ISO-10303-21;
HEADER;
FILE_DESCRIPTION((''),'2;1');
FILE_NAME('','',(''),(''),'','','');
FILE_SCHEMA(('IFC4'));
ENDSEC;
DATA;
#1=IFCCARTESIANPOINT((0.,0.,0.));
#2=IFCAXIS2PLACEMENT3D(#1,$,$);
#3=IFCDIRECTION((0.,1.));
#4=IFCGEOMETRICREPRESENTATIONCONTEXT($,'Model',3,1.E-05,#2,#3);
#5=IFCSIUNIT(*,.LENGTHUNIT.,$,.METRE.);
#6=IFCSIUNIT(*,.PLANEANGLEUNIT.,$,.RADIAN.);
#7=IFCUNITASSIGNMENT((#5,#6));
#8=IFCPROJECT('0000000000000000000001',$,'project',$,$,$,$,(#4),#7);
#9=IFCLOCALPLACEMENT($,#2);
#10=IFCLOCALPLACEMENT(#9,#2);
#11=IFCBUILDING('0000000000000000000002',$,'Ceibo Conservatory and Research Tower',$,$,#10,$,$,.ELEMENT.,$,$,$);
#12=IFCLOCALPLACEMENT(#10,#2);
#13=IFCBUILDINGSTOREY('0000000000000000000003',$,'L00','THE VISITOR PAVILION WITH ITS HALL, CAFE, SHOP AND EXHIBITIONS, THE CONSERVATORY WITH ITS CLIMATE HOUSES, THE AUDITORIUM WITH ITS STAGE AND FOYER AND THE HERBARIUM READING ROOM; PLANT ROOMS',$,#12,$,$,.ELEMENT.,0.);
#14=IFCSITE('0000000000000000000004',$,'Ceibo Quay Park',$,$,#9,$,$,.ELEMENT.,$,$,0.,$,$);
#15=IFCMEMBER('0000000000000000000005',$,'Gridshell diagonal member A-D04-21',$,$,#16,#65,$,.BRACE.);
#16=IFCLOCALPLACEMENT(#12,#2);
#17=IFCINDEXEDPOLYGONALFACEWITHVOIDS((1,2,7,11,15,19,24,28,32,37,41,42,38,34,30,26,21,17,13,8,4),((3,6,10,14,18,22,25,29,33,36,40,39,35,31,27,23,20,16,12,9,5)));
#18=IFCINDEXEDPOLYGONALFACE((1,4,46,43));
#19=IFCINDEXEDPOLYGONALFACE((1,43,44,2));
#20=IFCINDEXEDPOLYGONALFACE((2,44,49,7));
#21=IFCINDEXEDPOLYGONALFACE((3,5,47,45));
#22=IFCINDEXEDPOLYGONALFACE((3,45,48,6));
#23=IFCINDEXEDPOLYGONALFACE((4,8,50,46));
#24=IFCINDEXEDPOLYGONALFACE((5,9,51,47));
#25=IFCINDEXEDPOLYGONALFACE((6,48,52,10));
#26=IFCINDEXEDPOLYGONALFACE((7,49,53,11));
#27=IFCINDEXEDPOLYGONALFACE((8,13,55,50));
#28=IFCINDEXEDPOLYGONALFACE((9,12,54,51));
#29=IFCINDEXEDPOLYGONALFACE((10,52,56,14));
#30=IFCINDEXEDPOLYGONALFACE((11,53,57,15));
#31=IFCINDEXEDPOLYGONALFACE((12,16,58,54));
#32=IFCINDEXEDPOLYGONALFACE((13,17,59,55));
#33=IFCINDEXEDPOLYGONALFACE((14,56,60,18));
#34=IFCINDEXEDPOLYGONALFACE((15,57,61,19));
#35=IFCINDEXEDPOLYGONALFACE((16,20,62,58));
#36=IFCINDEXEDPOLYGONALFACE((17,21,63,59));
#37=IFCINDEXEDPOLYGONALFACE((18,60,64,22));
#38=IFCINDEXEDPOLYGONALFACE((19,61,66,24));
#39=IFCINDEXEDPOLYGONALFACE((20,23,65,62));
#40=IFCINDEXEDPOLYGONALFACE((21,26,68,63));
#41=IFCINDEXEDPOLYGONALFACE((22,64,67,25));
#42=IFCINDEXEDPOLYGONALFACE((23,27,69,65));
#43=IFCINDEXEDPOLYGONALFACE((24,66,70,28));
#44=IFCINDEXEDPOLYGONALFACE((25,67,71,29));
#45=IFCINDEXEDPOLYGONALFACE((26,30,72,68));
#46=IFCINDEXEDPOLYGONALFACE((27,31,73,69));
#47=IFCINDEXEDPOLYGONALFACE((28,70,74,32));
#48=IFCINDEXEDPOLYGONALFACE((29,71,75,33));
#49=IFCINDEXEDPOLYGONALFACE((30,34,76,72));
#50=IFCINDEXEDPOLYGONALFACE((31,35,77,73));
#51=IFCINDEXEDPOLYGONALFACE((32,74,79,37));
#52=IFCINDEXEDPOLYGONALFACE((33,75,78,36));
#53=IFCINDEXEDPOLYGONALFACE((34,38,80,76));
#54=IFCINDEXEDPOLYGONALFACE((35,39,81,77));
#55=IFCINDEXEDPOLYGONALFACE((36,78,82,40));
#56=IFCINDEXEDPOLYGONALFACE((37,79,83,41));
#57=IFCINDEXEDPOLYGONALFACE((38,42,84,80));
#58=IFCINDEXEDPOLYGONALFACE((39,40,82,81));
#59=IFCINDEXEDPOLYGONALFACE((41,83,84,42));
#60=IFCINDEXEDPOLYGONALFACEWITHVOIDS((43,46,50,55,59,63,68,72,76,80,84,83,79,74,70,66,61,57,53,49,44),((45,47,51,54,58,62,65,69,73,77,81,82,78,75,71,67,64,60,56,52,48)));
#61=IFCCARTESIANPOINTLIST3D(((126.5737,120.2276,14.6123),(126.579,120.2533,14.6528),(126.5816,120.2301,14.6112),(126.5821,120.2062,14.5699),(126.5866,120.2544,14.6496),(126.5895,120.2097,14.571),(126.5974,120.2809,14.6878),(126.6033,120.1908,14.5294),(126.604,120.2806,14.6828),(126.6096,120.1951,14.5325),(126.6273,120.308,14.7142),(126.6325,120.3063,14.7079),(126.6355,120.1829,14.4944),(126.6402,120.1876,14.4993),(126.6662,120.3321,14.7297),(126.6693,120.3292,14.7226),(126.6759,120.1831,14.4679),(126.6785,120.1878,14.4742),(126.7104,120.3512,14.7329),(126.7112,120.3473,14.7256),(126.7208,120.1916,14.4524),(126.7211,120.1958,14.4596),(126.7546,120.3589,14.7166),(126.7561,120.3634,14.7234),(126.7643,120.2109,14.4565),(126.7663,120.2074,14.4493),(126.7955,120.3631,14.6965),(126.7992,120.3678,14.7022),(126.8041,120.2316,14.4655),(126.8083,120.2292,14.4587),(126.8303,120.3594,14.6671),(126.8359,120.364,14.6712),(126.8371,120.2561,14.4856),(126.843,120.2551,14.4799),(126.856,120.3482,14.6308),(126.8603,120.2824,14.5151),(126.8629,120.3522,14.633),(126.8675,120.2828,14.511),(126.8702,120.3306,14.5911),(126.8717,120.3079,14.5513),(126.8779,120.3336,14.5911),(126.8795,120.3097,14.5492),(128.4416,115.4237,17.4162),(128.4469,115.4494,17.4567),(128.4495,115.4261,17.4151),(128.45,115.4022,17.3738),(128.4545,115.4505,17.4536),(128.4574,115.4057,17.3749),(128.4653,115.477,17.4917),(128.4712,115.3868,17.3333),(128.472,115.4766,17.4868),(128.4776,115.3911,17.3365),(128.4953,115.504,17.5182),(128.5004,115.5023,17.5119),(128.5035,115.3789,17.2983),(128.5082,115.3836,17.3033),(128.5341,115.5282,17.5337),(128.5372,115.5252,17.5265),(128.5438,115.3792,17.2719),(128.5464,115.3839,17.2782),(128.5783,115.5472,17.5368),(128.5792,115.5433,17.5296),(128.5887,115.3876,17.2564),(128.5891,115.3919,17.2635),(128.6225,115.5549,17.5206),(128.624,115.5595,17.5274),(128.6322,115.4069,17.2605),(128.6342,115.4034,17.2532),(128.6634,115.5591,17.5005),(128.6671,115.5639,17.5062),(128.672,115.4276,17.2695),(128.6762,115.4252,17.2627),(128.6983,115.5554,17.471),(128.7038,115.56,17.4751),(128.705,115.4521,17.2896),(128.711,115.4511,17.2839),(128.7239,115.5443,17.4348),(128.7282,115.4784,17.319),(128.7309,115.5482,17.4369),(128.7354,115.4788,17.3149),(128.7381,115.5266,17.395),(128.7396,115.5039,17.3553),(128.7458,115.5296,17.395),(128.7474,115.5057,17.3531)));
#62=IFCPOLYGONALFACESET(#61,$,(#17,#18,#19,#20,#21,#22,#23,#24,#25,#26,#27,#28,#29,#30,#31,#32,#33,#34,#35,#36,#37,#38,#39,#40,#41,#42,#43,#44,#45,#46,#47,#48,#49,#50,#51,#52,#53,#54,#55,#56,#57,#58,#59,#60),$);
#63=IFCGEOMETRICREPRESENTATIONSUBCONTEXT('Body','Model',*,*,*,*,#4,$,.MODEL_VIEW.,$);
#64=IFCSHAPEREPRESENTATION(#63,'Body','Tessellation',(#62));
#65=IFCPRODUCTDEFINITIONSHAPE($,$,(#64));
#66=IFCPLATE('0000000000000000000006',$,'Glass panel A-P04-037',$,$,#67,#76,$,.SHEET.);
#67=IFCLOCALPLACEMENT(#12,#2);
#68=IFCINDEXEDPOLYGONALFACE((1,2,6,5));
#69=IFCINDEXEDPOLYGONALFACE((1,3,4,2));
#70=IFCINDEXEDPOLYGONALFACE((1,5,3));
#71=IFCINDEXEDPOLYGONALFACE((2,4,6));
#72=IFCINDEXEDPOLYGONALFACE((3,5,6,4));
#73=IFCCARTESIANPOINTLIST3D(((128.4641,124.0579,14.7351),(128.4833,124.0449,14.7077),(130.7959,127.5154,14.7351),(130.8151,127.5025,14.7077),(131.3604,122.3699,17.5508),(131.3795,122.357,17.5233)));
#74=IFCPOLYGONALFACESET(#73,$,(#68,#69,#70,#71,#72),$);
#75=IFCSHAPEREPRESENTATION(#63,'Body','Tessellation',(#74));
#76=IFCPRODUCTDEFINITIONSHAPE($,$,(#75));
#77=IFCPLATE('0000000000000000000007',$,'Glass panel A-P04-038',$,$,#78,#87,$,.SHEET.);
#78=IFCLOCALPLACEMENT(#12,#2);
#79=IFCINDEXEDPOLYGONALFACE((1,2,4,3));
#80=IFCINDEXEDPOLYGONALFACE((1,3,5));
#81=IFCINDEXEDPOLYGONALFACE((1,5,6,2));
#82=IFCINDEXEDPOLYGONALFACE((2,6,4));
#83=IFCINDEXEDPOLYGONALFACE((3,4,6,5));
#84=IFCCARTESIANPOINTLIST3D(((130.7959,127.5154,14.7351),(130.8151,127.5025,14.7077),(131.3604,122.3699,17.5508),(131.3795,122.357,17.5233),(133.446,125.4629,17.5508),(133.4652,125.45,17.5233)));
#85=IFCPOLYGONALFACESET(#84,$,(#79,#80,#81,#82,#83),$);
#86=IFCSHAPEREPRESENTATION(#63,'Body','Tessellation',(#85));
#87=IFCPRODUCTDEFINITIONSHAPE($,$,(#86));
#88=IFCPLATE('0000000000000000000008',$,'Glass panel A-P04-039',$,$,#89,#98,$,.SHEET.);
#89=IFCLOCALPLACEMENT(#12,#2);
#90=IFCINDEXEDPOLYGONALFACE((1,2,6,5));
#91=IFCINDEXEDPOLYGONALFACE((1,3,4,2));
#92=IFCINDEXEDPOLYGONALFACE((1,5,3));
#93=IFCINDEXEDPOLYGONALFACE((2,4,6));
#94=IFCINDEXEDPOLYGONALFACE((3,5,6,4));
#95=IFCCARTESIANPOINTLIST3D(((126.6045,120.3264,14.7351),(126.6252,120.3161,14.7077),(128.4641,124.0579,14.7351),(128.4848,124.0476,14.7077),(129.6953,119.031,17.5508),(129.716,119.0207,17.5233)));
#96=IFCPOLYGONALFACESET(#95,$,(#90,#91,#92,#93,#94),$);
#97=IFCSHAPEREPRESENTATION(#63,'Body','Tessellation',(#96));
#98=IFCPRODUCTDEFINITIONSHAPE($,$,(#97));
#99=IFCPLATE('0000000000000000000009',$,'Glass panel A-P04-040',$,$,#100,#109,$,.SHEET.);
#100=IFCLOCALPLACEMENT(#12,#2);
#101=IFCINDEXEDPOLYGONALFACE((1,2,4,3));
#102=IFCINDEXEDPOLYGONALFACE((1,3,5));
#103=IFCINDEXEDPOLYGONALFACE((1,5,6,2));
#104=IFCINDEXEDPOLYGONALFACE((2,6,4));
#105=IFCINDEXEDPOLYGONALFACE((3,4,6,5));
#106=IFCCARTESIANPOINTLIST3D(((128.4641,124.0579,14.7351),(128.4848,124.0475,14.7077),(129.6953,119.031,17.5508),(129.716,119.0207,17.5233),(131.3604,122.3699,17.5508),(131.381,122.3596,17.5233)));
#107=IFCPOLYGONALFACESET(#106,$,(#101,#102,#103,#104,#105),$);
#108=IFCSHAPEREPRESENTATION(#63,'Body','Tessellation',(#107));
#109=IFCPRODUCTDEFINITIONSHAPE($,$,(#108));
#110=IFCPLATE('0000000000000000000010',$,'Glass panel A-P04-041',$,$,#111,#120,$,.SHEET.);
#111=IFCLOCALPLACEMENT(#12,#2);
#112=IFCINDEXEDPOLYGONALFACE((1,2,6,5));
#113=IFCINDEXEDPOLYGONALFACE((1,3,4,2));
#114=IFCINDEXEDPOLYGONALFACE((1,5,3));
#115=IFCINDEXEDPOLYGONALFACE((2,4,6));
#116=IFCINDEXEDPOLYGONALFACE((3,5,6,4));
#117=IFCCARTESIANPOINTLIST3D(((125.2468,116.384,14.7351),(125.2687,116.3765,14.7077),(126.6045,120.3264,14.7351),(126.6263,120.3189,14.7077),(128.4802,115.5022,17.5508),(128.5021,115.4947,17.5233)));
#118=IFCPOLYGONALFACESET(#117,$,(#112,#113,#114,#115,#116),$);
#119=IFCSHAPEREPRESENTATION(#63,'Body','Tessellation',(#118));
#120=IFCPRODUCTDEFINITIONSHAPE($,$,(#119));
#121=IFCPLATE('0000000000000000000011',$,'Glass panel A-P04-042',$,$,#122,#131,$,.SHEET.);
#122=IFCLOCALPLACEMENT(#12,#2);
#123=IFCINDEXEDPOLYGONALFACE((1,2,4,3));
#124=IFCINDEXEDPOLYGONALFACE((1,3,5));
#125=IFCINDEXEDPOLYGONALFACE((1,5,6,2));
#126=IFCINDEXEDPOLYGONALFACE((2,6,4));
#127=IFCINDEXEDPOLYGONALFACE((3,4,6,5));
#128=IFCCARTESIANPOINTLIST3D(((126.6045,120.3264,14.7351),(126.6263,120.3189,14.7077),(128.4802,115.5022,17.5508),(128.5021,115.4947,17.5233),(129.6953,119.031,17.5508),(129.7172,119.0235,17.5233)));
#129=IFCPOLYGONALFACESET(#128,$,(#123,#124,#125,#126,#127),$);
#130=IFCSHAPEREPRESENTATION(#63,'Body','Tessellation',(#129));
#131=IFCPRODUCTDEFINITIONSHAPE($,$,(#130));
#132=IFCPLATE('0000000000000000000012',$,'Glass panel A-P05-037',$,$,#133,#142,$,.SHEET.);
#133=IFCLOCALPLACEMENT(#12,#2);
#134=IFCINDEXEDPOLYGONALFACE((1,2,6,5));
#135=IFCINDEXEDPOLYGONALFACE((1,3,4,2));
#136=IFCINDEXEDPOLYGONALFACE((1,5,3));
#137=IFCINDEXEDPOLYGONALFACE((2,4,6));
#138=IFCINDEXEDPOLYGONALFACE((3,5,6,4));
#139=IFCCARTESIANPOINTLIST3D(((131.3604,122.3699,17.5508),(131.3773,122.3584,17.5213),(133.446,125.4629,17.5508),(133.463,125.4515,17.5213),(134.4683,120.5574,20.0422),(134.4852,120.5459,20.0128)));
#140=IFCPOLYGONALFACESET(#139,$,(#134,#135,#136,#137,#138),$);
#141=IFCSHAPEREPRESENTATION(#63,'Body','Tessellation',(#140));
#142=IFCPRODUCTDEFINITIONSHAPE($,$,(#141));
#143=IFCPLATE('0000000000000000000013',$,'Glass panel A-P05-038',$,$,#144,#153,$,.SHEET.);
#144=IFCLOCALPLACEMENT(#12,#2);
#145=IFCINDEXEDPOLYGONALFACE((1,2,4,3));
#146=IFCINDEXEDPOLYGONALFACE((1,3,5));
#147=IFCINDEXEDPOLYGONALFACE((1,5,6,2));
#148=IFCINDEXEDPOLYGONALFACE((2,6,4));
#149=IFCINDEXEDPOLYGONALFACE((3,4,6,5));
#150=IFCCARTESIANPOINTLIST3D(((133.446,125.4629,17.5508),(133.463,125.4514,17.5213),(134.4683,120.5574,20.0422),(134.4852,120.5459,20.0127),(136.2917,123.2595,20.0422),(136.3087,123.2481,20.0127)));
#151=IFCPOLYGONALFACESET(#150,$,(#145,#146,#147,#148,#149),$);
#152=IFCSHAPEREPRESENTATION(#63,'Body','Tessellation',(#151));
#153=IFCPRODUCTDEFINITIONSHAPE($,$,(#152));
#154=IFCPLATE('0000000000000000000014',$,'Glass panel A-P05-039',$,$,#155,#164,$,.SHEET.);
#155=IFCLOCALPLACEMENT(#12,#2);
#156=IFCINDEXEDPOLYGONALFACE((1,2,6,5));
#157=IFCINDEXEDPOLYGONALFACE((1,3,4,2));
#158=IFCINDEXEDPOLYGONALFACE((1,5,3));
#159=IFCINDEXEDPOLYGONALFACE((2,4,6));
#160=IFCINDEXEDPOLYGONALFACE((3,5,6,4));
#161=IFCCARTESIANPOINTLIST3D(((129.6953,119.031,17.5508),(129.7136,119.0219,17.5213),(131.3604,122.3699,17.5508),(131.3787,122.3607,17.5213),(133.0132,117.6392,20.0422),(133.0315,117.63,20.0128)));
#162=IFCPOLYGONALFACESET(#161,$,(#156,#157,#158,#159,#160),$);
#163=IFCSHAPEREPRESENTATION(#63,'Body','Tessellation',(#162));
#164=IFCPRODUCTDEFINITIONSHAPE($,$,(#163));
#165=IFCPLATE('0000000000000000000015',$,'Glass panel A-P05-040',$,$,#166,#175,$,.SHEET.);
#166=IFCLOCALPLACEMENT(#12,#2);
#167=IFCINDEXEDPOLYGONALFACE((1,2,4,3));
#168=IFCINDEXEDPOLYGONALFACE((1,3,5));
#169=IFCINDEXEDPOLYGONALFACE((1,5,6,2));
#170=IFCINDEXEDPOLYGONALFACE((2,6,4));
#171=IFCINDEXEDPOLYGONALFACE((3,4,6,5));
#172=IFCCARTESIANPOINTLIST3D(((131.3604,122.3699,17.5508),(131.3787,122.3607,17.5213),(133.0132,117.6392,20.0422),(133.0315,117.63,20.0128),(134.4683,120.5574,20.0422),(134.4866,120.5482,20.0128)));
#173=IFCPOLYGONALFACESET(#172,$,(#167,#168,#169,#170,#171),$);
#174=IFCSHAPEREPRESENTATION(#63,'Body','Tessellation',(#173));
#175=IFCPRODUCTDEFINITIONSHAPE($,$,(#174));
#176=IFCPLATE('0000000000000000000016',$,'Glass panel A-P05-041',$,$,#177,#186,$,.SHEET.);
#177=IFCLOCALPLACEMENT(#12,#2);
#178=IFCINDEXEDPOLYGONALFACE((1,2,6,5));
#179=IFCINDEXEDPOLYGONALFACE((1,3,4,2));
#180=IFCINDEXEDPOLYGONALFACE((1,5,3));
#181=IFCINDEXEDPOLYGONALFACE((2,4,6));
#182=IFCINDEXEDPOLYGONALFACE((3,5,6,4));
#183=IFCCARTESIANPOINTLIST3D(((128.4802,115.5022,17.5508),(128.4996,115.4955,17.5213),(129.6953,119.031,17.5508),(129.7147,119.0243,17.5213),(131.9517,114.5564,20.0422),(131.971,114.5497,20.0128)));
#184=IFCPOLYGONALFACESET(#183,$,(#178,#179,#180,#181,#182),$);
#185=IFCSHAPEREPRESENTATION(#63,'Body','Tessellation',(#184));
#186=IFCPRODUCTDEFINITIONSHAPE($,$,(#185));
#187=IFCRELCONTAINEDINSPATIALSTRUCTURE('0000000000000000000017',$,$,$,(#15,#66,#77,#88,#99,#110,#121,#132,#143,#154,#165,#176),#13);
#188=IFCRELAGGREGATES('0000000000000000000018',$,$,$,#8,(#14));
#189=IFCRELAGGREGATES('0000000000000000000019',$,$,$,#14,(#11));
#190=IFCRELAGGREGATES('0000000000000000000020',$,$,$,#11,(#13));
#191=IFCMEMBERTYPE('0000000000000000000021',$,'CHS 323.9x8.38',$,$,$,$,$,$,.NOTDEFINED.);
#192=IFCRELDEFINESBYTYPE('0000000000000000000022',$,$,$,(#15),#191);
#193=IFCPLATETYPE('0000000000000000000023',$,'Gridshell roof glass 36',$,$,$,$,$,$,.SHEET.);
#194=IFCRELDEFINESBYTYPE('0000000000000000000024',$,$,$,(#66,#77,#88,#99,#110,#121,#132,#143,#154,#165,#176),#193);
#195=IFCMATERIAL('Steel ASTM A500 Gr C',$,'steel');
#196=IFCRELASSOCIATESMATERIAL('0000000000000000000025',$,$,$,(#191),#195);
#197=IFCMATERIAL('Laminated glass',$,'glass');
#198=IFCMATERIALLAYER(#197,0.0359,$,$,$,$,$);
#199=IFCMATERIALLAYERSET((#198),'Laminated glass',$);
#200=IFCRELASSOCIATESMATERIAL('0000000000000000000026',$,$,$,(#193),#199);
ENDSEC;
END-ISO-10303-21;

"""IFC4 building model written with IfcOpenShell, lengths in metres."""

from ifc_helpers import new_model, si_unit, direction, frame, origin, origin_2d, place, context, subcontext, project, spatial, polyline, hollow_circle, outline, extrude, material, layer, layer_set, material_profile, profile_set, type_object, element, save


model = new_model("IFC4")

# Units and contexts
model_context = context("Model", 3, precision=1e-05, world=origin(), true_north=direction((0.0, 1.0)))
body_context = subcontext(model_context, "Body", "Model", "MODEL_VIEW")
ifc_project = project(units=[si_unit("LENGTHUNIT", "METRE"), si_unit("PLANEANGLEUNIT", "RADIAN")], contexts=[model_context])

# Site, building, storey
site_placement = place(None, origin())
site = spatial("IfcSite", under=ifc_project, at=site_placement, Name="Ceibo Quay Park", CompositionType="ELEMENT", RefElevation=0.0)
building_placement = place(site_placement, origin())
building = spatial("IfcBuilding", under=site, at=building_placement, Name="Ceibo Conservatory and Research Tower", CompositionType="ELEMENT")
storey_placement = place(building_placement, origin())
storey = spatial("IfcBuildingStorey", under=building, at=storey_placement, Name="L00", Description="THE VISITOR PAVILION WITH ITS HALL, CAFE, SHOP AND EXHIBITIONS, THE CONSERVATORY WITH ITS CLIMATE HOUSES, THE AUDITORIUM WITH ITS STAGE AND FOYER AND THE HERBARIUM READING ROOM; PLANT ROOMS", CompositionType="ELEMENT", Elevation=0.0)

# Member
ifc_material_1 = material(Name="Steel ASTM A500 Gr C", Category="steel")
ifc_material_profile_1 = material_profile(ifc_material_1, hollow_circle(Radius=0.1619, WallThickness=0.0083, at=origin_2d()), Name="CHS 323.9x8.38")
ifc_profile_set_1 = profile_set([ifc_material_profile_1], Name="Steel ASTM A500 Gr C")
member_type_1 = type_object("IfcMemberType", Name="CHS 323.9x8.38", PredefinedType="NOTDEFINED", material=ifc_profile_set_1)
member_1_placement = place(storey_placement, frame((126.7271, 120.2749, 14.5911), z_axis=(0.318342, -0.818719, 0.477867), x_axis=(0.932023, 0.362398, 0.0)))
element("IfcMember", 1, at=member_1_placement, inside=storey, type_object=member_type_1, Name="Gridshell diagonal member A-D04-21", PredefinedType="BRACE", context=body_context, shape_type="SweptSolid", body=[
    extrude(hollow_circle(Radius=0.1619, WallThickness=0.0083, at=origin_2d()), origin(), (0.0, 0.0, 1.0), 5.8677),
])

# Plates
ifc_material_2 = material(Name="Laminated glass", Category="glass")
ifc_layer = layer(ifc_material_2, 0.0359)
ifc_layer_set = layer_set([ifc_layer], Name="Laminated glass")
plate_type = type_object("IfcPlateType", Name="Gridshell roof glass 36", PredefinedType="SHEET", material=ifc_layer_set)
plate_1_placement = place(storey_placement, frame((130.7959, 127.5154, 14.7351), z_axis=(-0.533906, 0.360072, 0.765045), x_axis=(-0.559137, -0.829075, 0.0)))
element("IfcPlate", 2, at=plate_1_placement, inside=storey, type_object=plate_type, Name="Glass panel A-P04-037", PredefinedType="SHEET", context=body_context, shape_type="SweptSolid", body=[
    extrude(outline(polyline([(0.0, 0.0), (4.1703, 0.0), (3.9504, 4.3723), (0.0, 0.0)])), origin(), (0.0, 0.0, -1.0), 0.0359),
])
plate_2_placement = place(storey_placement, frame((130.7959, 127.5154, 14.7351), z_axis=(-0.533949, 0.360054, 0.765022), x_axis=(0.09579, -0.873213, 0.477831)))
element("IfcPlate", 3, at=plate_2_placement, inside=storey, type_object=plate_type, Name="Glass panel A-P04-038", PredefinedType="SHEET", context=body_context, shape_type="SweptSolid", body=[
    extrude(outline(polyline([(0.0, 0.0), (5.8926, 0.0), (3.3915, 2.7679), (0.0, 0.0)])), origin(), (0.0, 0.0, -1.0), 0.0359),
])
plate_3_placement = place(storey_placement, frame((128.4641, 124.0579, 14.7351), z_axis=(-0.576457, 0.287286, 0.76496), x_axis=(-0.446042, -0.895012, 0.0)))
element("IfcPlate", 4, at=plate_3_placement, inside=storey, type_object=plate_type, Name="Glass panel A-P04-039", PredefinedType="SHEET", context=body_context, shape_type="SweptSolid", body=[
    extrude(outline(polyline([(0.0, 0.0), (4.1692, 0.0), (3.9499, 4.3716), (0.0, 0.0)])), origin(), (0.0, 0.0, -1.0), 0.0359),
])
plate_4_placement = place(storey_placement, frame((128.4641, 124.0579, 14.7351), z_axis=(-0.576282, 0.287382, 0.765056), x_axis=(0.208969, -0.853197, 0.477898)))
element("IfcPlate", 5, at=plate_4_placement, inside=storey, type_object=plate_type, Name="Glass panel A-P04-040", PredefinedType="SHEET", context=body_context, shape_type="SweptSolid", body=[
    extrude(outline(polyline([(0.0, 0.0), (5.8918, 0.0), (3.391, 2.7689), (0.0, 0.0)])), origin(), (0.0, 0.0, -1.0), 0.0359),
])
plate_5_placement = place(storey_placement, frame((126.6045, 120.3264, 14.7351), z_axis=(-0.608957, 0.209711, 0.764979), x_axis=(-0.32561, -0.945504, 0.0)))
element("IfcPlate", 6, at=plate_5_placement, inside=storey, type_object=plate_type, Name="Glass panel A-P04-041", PredefinedType="SHEET", context=body_context, shape_type="SweptSolid", body=[
    extrude(outline(polyline([(0.0, 0.0), (4.1696, 0.0), (3.9506, 4.3718), (0.0, 0.0)])), origin(), (0.0, 0.0, -1.0), 0.0359),
])
plate_6_placement = place(storey_placement, frame((126.6045, 120.3264, 14.7351), z_axis=(-0.608981, 0.209693, 0.764964), x_axis=(0.318335, -0.818729, 0.477855)))
element("IfcPlate", 7, at=plate_6_placement, inside=storey, type_object=plate_type, Name="Glass panel A-P04-042", PredefinedType="SHEET", context=body_context, shape_type="SweptSolid", body=[
    extrude(outline(polyline([(0.0, 0.0), (5.8923, 0.0), (3.39, 2.769), (0.0, 0.0)])), origin(), (0.0, 0.0, -1.0), 0.0359),
])
plate_7_placement = place(storey_placement, frame((133.446, 125.4629, 17.5508), z_axis=(-0.472703, 0.318754, 0.821552), x_axis=(-0.559087, -0.829109, 0.0)))
element("IfcPlate", 8, at=plate_7_placement, inside=storey, type_object=plate_type, Name="Glass panel A-P05-037", PredefinedType="SHEET", context=body_context, shape_type="SweptSolid", body=[
    extrude(outline(polyline([(0.0, 0.0), (3.7305, 0.0), (3.4957, 4.37), (0.0, 0.0)])), origin(), (0.0, 0.0, -1.0), 0.0359),
])
plate_8_placement = place(storey_placement, frame((133.446, 125.4629, 17.5508), z_axis=(-0.472484, 0.318846, 0.821642), x_axis=(0.182666, -0.876595, 0.445212)))
element("IfcPlate", 9, at=plate_8_placement, inside=storey, type_object=plate_type, Name="Glass panel A-P05-038", PredefinedType="SHEET", context=body_context, shape_type="SweptSolid", body=[
    extrude(outline(polyline([(0.0, 0.0), (5.5961, 0.0), (3.5605, 2.5462), (0.0, 0.0)])), origin(), (0.0, 0.0, -1.0), 0.0359),
])
plate_9_placement = place(storey_placement, frame((131.3604, 122.3699, 17.5508), z_axis=(-0.510196, 0.254427, 0.821564), x_axis=(-0.446271, -0.894898, 0.0)))
element("IfcPlate", 10, at=plate_9_placement, inside=storey, type_object=plate_type, Name="Glass panel A-P05-039", PredefinedType="SHEET", context=body_context, shape_type="SweptSolid", body=[
    extrude(outline(polyline([(0.0, 0.0), (3.731, 0.0), (3.4959, 4.3701), (0.0, 0.0)])), origin(), (0.0, 0.0, -1.0), 0.0359),
])
plate_10_placement = place(storey_placement, frame((131.3604, 122.3699, 17.5508), z_axis=(-0.510227, 0.254409, 0.82155), x_axis=(0.295342, -0.845325, 0.445195)))
element("IfcPlate", 11, at=plate_10_placement, inside=storey, type_object=plate_type, Name="Glass panel A-P05-040", PredefinedType="SHEET", context=body_context, shape_type="SweptSolid", body=[
    extrude(outline(polyline([(0.0, 0.0), (5.5963, 0.0), (3.5592, 2.5463), (0.0, 0.0)])), origin(), (0.0, 0.0, -1.0), 0.0359),
])
plate_11_placement = place(storey_placement, frame((129.6953, 119.031, 17.5508), z_axis=(-0.539062, 0.185617, 0.821558), x_axis=(-0.325573, -0.945517, 0.0)))
element("IfcPlate", 12, at=plate_11_placement, inside=storey, type_object=plate_type, Name="Glass panel A-P05-041", PredefinedType="SHEET", context=body_context, shape_type="SweptSolid", body=[
    extrude(outline(polyline([(0.0, 0.0), (3.7321, 0.0), (3.4962, 4.37), (0.0, 0.0)])), origin(), (0.0, 0.0, -1.0), 0.0359),
])

save(model, "model.ifc")
